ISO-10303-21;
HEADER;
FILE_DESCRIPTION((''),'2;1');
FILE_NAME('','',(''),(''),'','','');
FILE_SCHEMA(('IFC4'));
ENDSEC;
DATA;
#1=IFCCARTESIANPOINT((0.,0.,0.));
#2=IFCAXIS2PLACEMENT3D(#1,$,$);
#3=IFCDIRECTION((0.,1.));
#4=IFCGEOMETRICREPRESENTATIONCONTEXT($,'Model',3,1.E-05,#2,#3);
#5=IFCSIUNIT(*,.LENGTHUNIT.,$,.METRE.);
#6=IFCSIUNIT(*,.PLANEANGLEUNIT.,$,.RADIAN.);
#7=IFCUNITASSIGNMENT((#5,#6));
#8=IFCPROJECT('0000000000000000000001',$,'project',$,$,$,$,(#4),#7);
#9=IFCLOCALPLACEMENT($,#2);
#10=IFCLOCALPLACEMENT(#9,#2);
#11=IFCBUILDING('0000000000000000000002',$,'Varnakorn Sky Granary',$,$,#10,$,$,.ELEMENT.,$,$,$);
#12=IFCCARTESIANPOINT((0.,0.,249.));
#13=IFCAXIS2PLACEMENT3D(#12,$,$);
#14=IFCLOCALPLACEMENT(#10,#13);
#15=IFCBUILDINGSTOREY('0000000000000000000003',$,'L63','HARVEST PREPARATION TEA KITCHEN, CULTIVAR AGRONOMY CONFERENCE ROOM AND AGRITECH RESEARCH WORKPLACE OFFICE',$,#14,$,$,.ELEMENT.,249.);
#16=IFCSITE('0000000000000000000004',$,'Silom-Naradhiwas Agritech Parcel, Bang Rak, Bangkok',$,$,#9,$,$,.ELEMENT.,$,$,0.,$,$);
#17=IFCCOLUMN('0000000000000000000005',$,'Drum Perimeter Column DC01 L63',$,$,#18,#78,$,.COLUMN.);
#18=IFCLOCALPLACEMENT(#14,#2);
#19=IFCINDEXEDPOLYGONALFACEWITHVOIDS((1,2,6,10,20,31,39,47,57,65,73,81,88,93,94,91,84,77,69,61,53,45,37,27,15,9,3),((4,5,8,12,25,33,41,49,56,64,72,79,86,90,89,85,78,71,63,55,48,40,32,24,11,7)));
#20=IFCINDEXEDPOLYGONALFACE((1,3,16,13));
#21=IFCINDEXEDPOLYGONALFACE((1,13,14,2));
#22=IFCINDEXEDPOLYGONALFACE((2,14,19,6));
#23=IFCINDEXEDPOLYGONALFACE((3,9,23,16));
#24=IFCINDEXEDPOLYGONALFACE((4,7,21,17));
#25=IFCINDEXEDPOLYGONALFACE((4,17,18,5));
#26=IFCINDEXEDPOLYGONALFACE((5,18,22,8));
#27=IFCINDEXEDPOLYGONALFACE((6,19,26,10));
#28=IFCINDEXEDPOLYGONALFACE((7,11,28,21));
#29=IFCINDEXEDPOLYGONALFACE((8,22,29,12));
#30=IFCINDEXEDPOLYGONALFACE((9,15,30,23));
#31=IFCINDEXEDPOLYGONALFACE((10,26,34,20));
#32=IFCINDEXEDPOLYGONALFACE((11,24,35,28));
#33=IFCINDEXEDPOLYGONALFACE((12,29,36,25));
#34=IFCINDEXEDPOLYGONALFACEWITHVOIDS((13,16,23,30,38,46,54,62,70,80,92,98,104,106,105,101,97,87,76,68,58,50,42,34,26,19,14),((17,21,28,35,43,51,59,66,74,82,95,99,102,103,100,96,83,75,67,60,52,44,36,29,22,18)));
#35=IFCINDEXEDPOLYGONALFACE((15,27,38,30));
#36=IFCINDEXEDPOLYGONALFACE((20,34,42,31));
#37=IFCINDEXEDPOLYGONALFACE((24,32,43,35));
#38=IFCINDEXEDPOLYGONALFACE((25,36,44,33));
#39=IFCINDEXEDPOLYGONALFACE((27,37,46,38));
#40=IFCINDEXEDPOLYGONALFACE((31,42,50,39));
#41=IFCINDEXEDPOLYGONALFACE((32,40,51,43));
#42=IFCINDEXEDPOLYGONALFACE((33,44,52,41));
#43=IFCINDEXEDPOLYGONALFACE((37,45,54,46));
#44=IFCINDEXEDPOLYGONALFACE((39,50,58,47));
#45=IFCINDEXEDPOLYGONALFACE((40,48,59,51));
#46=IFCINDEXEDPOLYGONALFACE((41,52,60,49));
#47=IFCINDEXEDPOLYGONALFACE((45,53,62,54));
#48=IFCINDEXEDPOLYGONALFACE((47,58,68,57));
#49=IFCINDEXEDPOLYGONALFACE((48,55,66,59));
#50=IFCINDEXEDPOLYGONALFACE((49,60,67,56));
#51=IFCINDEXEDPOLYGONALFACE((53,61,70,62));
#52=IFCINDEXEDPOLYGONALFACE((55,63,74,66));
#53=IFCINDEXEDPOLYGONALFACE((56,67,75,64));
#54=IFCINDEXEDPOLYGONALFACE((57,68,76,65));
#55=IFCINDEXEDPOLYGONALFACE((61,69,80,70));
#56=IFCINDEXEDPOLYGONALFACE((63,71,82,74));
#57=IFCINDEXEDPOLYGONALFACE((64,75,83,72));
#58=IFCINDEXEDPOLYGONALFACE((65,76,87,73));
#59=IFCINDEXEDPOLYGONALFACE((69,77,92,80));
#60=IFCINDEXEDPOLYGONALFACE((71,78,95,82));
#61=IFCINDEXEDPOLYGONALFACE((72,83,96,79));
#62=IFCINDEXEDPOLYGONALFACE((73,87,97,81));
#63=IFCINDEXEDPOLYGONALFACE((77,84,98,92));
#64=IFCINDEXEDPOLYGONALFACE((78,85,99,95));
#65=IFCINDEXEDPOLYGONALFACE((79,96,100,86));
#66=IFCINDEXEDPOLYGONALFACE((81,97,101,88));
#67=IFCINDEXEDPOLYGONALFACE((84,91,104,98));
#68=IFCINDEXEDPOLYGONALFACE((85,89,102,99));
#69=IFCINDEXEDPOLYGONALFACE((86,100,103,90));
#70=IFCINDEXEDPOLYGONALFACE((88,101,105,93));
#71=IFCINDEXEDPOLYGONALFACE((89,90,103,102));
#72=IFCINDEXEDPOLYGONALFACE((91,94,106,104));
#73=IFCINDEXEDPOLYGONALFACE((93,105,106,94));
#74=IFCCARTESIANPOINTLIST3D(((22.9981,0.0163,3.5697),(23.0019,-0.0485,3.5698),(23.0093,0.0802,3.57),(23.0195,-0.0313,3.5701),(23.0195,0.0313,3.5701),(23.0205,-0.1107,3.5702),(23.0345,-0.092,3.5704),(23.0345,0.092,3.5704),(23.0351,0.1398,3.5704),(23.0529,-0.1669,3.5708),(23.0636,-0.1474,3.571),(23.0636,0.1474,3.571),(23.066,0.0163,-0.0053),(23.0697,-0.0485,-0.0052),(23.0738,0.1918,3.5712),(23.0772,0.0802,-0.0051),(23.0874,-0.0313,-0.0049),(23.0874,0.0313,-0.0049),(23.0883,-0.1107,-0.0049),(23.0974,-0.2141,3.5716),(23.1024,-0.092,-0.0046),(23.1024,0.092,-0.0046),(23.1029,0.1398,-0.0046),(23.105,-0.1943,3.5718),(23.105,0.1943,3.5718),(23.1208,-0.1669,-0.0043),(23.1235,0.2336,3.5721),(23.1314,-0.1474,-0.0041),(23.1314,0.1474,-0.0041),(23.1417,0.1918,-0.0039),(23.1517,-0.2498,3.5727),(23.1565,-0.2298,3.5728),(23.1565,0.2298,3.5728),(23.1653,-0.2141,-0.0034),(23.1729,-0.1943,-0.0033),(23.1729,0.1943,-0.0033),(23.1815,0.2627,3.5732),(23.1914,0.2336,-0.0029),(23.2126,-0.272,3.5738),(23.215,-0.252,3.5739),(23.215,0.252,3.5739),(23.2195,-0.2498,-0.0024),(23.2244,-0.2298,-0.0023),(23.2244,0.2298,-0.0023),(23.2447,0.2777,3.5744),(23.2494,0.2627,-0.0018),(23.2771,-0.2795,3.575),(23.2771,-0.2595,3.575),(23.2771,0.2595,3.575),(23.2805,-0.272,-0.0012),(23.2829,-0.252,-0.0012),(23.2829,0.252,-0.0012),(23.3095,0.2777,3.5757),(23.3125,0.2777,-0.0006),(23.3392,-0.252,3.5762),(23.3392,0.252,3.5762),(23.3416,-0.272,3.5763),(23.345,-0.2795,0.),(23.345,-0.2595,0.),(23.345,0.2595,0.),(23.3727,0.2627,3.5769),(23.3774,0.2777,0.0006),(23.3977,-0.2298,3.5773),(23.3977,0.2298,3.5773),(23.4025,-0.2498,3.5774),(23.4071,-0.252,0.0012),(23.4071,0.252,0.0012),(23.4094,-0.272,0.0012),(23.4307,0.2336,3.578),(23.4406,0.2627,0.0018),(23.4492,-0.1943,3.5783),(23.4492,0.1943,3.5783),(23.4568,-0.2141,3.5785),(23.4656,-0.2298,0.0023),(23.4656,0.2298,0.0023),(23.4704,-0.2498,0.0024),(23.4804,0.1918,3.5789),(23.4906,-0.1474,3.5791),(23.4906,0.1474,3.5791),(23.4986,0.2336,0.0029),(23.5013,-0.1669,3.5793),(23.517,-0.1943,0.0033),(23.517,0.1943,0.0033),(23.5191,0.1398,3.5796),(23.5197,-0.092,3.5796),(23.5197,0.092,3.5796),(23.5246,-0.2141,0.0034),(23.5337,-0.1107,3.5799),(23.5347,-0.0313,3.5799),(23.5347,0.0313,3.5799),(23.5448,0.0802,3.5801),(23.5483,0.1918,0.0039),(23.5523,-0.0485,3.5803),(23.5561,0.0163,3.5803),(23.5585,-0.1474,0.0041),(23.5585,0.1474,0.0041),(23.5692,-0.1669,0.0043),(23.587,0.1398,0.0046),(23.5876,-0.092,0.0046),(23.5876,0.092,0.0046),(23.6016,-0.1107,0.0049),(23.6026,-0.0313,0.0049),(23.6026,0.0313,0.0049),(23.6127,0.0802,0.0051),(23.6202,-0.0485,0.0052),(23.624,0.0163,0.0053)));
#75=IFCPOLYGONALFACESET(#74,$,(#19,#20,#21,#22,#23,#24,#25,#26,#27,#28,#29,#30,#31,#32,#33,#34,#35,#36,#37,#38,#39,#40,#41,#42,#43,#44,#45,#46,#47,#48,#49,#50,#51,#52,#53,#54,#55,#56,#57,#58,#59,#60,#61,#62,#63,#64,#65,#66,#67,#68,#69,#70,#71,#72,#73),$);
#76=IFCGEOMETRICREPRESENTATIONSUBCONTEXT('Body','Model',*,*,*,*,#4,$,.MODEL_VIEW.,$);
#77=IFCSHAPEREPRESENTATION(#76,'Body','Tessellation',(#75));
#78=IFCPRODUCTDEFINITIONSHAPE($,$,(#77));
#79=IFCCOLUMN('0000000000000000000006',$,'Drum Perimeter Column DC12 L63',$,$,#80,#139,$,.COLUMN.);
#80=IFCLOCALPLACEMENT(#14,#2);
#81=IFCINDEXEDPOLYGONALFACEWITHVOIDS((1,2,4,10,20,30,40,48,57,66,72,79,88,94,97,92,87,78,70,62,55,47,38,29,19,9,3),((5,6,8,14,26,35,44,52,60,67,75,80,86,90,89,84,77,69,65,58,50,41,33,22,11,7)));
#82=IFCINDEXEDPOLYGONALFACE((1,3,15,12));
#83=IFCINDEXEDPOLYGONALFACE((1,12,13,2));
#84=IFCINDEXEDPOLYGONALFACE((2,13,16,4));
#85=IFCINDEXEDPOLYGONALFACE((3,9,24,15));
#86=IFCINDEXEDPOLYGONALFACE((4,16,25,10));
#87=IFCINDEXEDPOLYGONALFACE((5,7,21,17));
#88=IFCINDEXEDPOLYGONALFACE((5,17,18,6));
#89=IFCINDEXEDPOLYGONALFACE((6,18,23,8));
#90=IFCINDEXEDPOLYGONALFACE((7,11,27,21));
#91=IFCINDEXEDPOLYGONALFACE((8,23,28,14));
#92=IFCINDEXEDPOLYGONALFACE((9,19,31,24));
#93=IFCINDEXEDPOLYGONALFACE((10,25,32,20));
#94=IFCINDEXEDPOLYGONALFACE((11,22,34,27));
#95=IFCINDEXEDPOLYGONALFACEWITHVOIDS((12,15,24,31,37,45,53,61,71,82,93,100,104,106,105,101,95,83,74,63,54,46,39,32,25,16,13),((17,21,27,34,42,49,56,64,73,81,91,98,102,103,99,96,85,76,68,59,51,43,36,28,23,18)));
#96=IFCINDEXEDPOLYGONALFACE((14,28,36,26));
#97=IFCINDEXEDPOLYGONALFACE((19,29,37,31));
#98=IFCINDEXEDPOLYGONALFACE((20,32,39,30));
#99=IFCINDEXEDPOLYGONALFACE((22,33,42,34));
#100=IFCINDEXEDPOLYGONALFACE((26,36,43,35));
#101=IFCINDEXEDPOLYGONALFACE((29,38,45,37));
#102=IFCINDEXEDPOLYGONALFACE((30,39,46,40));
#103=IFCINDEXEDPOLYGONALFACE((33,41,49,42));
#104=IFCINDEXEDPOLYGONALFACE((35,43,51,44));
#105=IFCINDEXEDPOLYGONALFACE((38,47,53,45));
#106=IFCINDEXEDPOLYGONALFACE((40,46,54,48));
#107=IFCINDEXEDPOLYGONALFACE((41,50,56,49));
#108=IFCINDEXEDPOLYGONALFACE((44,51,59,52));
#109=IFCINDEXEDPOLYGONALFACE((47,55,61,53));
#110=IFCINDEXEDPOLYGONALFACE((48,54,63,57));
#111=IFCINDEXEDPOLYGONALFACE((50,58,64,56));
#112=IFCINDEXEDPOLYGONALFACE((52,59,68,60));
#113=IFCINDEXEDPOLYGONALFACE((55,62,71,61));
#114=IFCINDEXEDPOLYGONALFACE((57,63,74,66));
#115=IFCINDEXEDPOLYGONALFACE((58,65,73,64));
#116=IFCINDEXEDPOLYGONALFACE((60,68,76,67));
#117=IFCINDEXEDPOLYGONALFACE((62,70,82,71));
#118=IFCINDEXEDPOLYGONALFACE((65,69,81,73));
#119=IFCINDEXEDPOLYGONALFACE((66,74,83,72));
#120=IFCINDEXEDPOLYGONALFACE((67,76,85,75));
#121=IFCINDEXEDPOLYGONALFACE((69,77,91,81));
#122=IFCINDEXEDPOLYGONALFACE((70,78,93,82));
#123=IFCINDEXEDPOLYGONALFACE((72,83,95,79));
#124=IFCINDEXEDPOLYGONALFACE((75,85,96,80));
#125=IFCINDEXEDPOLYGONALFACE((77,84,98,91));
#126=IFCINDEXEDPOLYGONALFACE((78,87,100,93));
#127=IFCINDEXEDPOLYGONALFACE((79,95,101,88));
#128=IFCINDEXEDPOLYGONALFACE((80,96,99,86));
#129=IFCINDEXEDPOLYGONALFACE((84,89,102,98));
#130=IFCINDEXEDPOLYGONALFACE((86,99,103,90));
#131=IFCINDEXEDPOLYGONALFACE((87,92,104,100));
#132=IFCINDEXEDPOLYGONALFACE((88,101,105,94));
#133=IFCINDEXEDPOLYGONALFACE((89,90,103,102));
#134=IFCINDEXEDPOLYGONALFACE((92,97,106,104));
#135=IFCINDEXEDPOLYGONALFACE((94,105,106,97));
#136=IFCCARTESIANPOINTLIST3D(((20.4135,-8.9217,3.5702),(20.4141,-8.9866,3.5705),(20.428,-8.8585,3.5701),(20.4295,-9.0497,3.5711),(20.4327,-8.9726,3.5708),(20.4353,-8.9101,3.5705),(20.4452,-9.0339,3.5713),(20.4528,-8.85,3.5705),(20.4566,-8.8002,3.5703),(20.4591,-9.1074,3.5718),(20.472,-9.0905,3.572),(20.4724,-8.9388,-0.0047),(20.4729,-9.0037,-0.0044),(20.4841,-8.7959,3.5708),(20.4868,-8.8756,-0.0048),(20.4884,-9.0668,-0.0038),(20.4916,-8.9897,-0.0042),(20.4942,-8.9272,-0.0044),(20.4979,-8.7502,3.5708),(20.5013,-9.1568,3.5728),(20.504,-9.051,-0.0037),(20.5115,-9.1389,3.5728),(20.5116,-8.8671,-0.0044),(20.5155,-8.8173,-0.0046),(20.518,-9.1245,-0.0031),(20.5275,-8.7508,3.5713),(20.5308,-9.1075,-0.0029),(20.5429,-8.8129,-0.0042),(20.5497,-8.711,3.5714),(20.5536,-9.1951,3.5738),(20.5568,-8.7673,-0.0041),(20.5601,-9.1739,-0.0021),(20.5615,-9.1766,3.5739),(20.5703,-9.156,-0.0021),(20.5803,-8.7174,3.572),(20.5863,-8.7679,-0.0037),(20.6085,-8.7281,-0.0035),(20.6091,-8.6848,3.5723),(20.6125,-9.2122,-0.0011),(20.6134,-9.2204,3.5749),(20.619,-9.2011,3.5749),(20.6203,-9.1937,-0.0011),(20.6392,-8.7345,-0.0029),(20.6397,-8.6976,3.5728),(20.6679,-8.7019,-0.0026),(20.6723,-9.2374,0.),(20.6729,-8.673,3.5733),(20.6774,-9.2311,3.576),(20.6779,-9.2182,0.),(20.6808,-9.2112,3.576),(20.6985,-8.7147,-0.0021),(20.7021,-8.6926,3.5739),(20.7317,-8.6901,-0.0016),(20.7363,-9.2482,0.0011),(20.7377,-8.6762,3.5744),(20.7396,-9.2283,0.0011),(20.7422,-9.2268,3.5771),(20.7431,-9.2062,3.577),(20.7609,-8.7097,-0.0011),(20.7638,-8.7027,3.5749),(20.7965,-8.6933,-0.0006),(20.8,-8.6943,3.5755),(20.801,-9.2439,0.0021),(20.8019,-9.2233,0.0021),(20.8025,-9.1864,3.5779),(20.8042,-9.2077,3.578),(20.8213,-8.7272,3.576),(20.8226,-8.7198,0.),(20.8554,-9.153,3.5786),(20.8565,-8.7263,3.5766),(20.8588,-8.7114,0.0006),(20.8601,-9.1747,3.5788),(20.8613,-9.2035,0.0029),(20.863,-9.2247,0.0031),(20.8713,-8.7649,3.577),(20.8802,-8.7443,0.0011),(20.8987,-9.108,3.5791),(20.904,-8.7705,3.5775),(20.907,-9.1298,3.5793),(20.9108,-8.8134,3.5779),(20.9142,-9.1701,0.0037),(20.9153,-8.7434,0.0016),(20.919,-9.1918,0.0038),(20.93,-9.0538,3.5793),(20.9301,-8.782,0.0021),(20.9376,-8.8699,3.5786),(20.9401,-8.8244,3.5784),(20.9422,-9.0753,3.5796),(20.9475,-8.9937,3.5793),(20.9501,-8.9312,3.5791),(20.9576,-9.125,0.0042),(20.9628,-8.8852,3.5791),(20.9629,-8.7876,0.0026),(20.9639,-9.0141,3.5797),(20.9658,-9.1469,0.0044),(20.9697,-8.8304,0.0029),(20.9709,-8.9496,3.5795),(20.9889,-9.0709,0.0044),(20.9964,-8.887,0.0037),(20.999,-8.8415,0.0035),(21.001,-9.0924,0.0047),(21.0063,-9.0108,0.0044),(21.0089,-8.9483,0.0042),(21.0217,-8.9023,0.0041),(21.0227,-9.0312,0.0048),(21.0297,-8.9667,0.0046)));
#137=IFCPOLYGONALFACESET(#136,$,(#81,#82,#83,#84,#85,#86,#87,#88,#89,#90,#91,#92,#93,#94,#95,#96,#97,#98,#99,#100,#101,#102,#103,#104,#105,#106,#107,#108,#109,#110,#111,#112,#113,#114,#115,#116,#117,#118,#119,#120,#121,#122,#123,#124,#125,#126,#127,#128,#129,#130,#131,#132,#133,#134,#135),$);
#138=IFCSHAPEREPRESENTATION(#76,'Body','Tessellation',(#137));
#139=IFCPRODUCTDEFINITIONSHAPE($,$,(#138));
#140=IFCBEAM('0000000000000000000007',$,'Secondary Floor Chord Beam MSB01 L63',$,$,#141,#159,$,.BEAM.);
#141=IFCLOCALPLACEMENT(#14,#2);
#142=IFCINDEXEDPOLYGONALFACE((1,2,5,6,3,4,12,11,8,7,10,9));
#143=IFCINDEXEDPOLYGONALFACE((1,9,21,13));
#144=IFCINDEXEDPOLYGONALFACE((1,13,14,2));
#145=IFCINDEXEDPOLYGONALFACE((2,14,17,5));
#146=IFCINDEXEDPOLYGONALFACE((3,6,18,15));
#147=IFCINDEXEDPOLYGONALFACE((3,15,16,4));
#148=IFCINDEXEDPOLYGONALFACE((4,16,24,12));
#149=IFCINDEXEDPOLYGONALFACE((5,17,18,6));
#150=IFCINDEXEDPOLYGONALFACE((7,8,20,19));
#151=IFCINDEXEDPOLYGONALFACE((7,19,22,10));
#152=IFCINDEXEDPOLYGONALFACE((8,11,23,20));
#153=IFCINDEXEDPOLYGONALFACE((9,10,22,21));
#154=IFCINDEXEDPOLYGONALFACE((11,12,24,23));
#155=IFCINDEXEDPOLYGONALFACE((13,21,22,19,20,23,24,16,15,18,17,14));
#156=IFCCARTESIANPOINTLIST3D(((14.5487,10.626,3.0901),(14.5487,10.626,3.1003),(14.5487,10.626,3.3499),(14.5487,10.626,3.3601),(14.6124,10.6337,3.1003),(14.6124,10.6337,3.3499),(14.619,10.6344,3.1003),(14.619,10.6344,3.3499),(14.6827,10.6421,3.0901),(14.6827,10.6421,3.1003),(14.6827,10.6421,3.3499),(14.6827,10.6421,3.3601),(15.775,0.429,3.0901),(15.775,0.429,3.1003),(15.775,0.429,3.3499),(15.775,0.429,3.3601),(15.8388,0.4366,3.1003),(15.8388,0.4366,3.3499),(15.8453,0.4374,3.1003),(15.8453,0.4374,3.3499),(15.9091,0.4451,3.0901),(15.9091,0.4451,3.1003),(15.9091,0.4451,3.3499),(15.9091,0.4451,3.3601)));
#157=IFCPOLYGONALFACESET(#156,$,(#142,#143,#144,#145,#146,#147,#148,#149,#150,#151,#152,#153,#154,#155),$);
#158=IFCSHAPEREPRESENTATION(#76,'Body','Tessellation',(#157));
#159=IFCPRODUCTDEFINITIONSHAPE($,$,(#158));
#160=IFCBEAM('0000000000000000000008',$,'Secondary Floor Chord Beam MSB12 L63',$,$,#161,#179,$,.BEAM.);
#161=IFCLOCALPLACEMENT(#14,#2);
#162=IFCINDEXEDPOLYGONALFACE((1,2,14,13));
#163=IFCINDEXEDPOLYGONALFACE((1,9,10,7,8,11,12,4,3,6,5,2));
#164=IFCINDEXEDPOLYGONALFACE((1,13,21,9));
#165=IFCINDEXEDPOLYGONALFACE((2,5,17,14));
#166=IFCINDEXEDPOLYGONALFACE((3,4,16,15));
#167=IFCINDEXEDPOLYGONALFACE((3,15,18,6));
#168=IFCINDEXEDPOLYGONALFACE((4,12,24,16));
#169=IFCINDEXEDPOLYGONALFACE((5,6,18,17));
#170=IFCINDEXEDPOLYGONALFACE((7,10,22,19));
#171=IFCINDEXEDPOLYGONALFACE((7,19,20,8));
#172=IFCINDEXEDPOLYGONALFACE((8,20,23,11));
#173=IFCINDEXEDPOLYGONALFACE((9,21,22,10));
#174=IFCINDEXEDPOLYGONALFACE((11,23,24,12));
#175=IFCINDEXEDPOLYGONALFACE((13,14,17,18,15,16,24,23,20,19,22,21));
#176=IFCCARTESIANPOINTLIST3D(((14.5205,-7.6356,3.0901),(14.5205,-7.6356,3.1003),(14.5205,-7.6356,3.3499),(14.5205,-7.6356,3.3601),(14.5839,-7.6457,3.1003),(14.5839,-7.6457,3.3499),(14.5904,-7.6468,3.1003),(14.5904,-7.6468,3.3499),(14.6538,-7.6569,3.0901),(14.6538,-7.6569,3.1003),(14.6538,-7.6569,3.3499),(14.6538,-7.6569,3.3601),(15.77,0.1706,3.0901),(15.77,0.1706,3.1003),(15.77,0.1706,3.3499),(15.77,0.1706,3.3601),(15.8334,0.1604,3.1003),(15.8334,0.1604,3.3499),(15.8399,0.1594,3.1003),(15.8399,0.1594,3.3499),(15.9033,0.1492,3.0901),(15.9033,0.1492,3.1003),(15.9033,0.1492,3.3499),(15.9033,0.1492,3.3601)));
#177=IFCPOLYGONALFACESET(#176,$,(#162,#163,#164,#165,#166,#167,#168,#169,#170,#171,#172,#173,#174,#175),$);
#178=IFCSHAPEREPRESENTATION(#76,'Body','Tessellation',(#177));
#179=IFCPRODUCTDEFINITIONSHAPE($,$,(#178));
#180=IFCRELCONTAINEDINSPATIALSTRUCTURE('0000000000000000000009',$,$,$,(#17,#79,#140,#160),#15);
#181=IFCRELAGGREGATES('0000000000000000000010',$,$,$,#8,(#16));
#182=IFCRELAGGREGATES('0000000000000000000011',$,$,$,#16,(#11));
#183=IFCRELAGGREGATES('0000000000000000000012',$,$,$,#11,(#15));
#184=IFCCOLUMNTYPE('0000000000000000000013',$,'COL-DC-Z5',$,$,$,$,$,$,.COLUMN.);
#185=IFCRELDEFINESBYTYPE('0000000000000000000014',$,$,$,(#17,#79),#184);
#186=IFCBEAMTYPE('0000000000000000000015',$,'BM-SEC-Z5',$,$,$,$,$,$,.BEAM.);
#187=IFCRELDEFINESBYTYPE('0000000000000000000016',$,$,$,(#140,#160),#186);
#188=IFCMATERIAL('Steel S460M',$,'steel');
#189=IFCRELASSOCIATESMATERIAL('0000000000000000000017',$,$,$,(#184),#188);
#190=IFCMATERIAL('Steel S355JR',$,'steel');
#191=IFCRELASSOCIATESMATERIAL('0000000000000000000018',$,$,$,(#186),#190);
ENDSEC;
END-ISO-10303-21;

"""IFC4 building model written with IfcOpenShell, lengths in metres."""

from ifc_helpers import new_model, si_unit, direction, frame, origin, origin_2d, place, context, subcontext, project, spatial, hollow_circle, i_section, extrude, material, material_profile, profile_set, type_object, element, save


model = new_model("IFC4")

# Units and contexts
model_context = context("Model", 3, precision=1e-05, world=origin(), true_north=direction((0.0, 1.0)))
body_context = subcontext(model_context, "Body", "Model", "MODEL_VIEW")
ifc_project = project(units=[si_unit("LENGTHUNIT", "METRE"), si_unit("PLANEANGLEUNIT", "RADIAN")], contexts=[model_context])

# Site, building, storey
site_placement = place(None, origin())
site = spatial("IfcSite", under=ifc_project, at=site_placement, Name="Silom-Naradhiwas Agritech Parcel, Bang Rak, Bangkok", CompositionType="ELEMENT", RefElevation=0.0)
building_placement = place(site_placement, origin())
building = spatial("IfcBuilding", under=site, at=building_placement, Name="Varnakorn Sky Granary", CompositionType="ELEMENT")
storey_placement = place(building_placement, frame((0.0, 0.0, 249.0)))
storey = spatial("IfcBuildingStorey", under=building, at=storey_placement, Name="L63", Description="HARVEST PREPARATION TEA KITCHEN, CULTIVAR AGRONOMY CONFERENCE ROOM AND AGRITECH RESEARCH WORKPLACE OFFICE", CompositionType="ELEMENT", Elevation=249.0)

# Columns
ifc_material_1 = material(Name="Steel S460M", Category="steel")
ifc_material_profile_1 = material_profile(ifc_material_1, hollow_circle(Radius=0.2795, WallThickness=0.02, at=origin_2d()), Name="CHS 559x20")
ifc_profile_set_1 = profile_set([ifc_material_profile_1], Name="Steel S460M")
column_type = type_object("IfcColumnType", Name="COL-DC-Z5", PredefinedType="COLUMN", material=ifc_profile_set_1)
column_1_placement = place(storey_placement, frame((23.345, 0.0, 0.0), z_axis=(-0.018982, 0.0, 0.99982), x_axis=(0.0, -1.0, 0.0)))
element("IfcColumn", 1, at=column_1_placement, inside=storey, type_object=column_type, Name="Drum Perimeter Column DC01 L63", PredefinedType="COLUMN", context=body_context, shape_type="SweptSolid", body=[
    extrude(hollow_circle(Radius=0.2795, WallThickness=0.02, at=origin_2d()), origin(), (0.0, 0.0, 1.0), 3.5757),
])
column_2_placement = place(storey_placement, frame((20.7502, -8.969, 0.0), z_axis=(-0.016456, 0.00478, 0.999853), x_axis=(-0.278929, -0.960312, 0.0)))
element("IfcColumn", 2, at=column_2_placement, inside=storey, type_object=column_type, Name="Drum Perimeter Column DC12 L63", PredefinedType="COLUMN", context=body_context, shape_type="SweptSolid", body=[
    extrude(hollow_circle(Radius=0.2795, WallThickness=0.02, at=origin_2d()), origin(), (0.0, 0.0, 1.0), 3.5754),
])

# Beams
ifc_material_2 = material(Name="Steel S355JR", Category="steel")
ifc_material_profile_2 = material_profile(ifc_material_2, i_section(OverallWidth=0.135, OverallDepth=0.27, WebThickness=0.0066, FlangeThickness=0.0103, at=origin_2d()), Name="IPE 270")
ifc_profile_set_2 = profile_set([ifc_material_profile_2], Name="Steel S355JR")
beam_type_1 = type_object("IfcBeamType", Name="BM-SEC-Z5", PredefinedType="BEAM", material=ifc_profile_set_2)
beam_1_placement = place(storey_placement, frame((15.842, 0.437, 3.2251), z_axis=(-0.119402, 0.992846, 0.0), x_axis=(-0.992846, -0.119402, 0.0)))
element("IfcBeam", 3, at=beam_1_placement, inside=storey, type_object=beam_type_1, Name="Secondary Floor Chord Beam MSB01 L63", PredefinedType="BEAM", context=body_context, shape_type="SweptSolid", body=[
    extrude(i_section(OverallWidth=0.135, OverallDepth=0.27, WebThickness=0.0066, FlangeThickness=0.0103, at=origin_2d()), origin(), (0.0, 0.0, 1.0), 10.2705),
])
beam_2_placement = place(storey_placement, frame((14.5872, -7.6462, 3.2251), z_axis=(0.158056, 0.98743, 0.0), x_axis=(-0.98743, 0.158056, 0.0)))
element("IfcBeam", 4, at=beam_2_placement, inside=storey, type_object=beam_type_1, Name="Secondary Floor Chord Beam MSB12 L63", PredefinedType="BEAM", context=body_context, shape_type="SweptSolid", body=[
    extrude(i_section(OverallWidth=0.135, OverallDepth=0.27, WebThickness=0.0066, FlangeThickness=0.0103, at=origin_2d()), origin(), (0.0, 0.0, 1.0), 7.9055),
])

save(model, "model.ifc")
